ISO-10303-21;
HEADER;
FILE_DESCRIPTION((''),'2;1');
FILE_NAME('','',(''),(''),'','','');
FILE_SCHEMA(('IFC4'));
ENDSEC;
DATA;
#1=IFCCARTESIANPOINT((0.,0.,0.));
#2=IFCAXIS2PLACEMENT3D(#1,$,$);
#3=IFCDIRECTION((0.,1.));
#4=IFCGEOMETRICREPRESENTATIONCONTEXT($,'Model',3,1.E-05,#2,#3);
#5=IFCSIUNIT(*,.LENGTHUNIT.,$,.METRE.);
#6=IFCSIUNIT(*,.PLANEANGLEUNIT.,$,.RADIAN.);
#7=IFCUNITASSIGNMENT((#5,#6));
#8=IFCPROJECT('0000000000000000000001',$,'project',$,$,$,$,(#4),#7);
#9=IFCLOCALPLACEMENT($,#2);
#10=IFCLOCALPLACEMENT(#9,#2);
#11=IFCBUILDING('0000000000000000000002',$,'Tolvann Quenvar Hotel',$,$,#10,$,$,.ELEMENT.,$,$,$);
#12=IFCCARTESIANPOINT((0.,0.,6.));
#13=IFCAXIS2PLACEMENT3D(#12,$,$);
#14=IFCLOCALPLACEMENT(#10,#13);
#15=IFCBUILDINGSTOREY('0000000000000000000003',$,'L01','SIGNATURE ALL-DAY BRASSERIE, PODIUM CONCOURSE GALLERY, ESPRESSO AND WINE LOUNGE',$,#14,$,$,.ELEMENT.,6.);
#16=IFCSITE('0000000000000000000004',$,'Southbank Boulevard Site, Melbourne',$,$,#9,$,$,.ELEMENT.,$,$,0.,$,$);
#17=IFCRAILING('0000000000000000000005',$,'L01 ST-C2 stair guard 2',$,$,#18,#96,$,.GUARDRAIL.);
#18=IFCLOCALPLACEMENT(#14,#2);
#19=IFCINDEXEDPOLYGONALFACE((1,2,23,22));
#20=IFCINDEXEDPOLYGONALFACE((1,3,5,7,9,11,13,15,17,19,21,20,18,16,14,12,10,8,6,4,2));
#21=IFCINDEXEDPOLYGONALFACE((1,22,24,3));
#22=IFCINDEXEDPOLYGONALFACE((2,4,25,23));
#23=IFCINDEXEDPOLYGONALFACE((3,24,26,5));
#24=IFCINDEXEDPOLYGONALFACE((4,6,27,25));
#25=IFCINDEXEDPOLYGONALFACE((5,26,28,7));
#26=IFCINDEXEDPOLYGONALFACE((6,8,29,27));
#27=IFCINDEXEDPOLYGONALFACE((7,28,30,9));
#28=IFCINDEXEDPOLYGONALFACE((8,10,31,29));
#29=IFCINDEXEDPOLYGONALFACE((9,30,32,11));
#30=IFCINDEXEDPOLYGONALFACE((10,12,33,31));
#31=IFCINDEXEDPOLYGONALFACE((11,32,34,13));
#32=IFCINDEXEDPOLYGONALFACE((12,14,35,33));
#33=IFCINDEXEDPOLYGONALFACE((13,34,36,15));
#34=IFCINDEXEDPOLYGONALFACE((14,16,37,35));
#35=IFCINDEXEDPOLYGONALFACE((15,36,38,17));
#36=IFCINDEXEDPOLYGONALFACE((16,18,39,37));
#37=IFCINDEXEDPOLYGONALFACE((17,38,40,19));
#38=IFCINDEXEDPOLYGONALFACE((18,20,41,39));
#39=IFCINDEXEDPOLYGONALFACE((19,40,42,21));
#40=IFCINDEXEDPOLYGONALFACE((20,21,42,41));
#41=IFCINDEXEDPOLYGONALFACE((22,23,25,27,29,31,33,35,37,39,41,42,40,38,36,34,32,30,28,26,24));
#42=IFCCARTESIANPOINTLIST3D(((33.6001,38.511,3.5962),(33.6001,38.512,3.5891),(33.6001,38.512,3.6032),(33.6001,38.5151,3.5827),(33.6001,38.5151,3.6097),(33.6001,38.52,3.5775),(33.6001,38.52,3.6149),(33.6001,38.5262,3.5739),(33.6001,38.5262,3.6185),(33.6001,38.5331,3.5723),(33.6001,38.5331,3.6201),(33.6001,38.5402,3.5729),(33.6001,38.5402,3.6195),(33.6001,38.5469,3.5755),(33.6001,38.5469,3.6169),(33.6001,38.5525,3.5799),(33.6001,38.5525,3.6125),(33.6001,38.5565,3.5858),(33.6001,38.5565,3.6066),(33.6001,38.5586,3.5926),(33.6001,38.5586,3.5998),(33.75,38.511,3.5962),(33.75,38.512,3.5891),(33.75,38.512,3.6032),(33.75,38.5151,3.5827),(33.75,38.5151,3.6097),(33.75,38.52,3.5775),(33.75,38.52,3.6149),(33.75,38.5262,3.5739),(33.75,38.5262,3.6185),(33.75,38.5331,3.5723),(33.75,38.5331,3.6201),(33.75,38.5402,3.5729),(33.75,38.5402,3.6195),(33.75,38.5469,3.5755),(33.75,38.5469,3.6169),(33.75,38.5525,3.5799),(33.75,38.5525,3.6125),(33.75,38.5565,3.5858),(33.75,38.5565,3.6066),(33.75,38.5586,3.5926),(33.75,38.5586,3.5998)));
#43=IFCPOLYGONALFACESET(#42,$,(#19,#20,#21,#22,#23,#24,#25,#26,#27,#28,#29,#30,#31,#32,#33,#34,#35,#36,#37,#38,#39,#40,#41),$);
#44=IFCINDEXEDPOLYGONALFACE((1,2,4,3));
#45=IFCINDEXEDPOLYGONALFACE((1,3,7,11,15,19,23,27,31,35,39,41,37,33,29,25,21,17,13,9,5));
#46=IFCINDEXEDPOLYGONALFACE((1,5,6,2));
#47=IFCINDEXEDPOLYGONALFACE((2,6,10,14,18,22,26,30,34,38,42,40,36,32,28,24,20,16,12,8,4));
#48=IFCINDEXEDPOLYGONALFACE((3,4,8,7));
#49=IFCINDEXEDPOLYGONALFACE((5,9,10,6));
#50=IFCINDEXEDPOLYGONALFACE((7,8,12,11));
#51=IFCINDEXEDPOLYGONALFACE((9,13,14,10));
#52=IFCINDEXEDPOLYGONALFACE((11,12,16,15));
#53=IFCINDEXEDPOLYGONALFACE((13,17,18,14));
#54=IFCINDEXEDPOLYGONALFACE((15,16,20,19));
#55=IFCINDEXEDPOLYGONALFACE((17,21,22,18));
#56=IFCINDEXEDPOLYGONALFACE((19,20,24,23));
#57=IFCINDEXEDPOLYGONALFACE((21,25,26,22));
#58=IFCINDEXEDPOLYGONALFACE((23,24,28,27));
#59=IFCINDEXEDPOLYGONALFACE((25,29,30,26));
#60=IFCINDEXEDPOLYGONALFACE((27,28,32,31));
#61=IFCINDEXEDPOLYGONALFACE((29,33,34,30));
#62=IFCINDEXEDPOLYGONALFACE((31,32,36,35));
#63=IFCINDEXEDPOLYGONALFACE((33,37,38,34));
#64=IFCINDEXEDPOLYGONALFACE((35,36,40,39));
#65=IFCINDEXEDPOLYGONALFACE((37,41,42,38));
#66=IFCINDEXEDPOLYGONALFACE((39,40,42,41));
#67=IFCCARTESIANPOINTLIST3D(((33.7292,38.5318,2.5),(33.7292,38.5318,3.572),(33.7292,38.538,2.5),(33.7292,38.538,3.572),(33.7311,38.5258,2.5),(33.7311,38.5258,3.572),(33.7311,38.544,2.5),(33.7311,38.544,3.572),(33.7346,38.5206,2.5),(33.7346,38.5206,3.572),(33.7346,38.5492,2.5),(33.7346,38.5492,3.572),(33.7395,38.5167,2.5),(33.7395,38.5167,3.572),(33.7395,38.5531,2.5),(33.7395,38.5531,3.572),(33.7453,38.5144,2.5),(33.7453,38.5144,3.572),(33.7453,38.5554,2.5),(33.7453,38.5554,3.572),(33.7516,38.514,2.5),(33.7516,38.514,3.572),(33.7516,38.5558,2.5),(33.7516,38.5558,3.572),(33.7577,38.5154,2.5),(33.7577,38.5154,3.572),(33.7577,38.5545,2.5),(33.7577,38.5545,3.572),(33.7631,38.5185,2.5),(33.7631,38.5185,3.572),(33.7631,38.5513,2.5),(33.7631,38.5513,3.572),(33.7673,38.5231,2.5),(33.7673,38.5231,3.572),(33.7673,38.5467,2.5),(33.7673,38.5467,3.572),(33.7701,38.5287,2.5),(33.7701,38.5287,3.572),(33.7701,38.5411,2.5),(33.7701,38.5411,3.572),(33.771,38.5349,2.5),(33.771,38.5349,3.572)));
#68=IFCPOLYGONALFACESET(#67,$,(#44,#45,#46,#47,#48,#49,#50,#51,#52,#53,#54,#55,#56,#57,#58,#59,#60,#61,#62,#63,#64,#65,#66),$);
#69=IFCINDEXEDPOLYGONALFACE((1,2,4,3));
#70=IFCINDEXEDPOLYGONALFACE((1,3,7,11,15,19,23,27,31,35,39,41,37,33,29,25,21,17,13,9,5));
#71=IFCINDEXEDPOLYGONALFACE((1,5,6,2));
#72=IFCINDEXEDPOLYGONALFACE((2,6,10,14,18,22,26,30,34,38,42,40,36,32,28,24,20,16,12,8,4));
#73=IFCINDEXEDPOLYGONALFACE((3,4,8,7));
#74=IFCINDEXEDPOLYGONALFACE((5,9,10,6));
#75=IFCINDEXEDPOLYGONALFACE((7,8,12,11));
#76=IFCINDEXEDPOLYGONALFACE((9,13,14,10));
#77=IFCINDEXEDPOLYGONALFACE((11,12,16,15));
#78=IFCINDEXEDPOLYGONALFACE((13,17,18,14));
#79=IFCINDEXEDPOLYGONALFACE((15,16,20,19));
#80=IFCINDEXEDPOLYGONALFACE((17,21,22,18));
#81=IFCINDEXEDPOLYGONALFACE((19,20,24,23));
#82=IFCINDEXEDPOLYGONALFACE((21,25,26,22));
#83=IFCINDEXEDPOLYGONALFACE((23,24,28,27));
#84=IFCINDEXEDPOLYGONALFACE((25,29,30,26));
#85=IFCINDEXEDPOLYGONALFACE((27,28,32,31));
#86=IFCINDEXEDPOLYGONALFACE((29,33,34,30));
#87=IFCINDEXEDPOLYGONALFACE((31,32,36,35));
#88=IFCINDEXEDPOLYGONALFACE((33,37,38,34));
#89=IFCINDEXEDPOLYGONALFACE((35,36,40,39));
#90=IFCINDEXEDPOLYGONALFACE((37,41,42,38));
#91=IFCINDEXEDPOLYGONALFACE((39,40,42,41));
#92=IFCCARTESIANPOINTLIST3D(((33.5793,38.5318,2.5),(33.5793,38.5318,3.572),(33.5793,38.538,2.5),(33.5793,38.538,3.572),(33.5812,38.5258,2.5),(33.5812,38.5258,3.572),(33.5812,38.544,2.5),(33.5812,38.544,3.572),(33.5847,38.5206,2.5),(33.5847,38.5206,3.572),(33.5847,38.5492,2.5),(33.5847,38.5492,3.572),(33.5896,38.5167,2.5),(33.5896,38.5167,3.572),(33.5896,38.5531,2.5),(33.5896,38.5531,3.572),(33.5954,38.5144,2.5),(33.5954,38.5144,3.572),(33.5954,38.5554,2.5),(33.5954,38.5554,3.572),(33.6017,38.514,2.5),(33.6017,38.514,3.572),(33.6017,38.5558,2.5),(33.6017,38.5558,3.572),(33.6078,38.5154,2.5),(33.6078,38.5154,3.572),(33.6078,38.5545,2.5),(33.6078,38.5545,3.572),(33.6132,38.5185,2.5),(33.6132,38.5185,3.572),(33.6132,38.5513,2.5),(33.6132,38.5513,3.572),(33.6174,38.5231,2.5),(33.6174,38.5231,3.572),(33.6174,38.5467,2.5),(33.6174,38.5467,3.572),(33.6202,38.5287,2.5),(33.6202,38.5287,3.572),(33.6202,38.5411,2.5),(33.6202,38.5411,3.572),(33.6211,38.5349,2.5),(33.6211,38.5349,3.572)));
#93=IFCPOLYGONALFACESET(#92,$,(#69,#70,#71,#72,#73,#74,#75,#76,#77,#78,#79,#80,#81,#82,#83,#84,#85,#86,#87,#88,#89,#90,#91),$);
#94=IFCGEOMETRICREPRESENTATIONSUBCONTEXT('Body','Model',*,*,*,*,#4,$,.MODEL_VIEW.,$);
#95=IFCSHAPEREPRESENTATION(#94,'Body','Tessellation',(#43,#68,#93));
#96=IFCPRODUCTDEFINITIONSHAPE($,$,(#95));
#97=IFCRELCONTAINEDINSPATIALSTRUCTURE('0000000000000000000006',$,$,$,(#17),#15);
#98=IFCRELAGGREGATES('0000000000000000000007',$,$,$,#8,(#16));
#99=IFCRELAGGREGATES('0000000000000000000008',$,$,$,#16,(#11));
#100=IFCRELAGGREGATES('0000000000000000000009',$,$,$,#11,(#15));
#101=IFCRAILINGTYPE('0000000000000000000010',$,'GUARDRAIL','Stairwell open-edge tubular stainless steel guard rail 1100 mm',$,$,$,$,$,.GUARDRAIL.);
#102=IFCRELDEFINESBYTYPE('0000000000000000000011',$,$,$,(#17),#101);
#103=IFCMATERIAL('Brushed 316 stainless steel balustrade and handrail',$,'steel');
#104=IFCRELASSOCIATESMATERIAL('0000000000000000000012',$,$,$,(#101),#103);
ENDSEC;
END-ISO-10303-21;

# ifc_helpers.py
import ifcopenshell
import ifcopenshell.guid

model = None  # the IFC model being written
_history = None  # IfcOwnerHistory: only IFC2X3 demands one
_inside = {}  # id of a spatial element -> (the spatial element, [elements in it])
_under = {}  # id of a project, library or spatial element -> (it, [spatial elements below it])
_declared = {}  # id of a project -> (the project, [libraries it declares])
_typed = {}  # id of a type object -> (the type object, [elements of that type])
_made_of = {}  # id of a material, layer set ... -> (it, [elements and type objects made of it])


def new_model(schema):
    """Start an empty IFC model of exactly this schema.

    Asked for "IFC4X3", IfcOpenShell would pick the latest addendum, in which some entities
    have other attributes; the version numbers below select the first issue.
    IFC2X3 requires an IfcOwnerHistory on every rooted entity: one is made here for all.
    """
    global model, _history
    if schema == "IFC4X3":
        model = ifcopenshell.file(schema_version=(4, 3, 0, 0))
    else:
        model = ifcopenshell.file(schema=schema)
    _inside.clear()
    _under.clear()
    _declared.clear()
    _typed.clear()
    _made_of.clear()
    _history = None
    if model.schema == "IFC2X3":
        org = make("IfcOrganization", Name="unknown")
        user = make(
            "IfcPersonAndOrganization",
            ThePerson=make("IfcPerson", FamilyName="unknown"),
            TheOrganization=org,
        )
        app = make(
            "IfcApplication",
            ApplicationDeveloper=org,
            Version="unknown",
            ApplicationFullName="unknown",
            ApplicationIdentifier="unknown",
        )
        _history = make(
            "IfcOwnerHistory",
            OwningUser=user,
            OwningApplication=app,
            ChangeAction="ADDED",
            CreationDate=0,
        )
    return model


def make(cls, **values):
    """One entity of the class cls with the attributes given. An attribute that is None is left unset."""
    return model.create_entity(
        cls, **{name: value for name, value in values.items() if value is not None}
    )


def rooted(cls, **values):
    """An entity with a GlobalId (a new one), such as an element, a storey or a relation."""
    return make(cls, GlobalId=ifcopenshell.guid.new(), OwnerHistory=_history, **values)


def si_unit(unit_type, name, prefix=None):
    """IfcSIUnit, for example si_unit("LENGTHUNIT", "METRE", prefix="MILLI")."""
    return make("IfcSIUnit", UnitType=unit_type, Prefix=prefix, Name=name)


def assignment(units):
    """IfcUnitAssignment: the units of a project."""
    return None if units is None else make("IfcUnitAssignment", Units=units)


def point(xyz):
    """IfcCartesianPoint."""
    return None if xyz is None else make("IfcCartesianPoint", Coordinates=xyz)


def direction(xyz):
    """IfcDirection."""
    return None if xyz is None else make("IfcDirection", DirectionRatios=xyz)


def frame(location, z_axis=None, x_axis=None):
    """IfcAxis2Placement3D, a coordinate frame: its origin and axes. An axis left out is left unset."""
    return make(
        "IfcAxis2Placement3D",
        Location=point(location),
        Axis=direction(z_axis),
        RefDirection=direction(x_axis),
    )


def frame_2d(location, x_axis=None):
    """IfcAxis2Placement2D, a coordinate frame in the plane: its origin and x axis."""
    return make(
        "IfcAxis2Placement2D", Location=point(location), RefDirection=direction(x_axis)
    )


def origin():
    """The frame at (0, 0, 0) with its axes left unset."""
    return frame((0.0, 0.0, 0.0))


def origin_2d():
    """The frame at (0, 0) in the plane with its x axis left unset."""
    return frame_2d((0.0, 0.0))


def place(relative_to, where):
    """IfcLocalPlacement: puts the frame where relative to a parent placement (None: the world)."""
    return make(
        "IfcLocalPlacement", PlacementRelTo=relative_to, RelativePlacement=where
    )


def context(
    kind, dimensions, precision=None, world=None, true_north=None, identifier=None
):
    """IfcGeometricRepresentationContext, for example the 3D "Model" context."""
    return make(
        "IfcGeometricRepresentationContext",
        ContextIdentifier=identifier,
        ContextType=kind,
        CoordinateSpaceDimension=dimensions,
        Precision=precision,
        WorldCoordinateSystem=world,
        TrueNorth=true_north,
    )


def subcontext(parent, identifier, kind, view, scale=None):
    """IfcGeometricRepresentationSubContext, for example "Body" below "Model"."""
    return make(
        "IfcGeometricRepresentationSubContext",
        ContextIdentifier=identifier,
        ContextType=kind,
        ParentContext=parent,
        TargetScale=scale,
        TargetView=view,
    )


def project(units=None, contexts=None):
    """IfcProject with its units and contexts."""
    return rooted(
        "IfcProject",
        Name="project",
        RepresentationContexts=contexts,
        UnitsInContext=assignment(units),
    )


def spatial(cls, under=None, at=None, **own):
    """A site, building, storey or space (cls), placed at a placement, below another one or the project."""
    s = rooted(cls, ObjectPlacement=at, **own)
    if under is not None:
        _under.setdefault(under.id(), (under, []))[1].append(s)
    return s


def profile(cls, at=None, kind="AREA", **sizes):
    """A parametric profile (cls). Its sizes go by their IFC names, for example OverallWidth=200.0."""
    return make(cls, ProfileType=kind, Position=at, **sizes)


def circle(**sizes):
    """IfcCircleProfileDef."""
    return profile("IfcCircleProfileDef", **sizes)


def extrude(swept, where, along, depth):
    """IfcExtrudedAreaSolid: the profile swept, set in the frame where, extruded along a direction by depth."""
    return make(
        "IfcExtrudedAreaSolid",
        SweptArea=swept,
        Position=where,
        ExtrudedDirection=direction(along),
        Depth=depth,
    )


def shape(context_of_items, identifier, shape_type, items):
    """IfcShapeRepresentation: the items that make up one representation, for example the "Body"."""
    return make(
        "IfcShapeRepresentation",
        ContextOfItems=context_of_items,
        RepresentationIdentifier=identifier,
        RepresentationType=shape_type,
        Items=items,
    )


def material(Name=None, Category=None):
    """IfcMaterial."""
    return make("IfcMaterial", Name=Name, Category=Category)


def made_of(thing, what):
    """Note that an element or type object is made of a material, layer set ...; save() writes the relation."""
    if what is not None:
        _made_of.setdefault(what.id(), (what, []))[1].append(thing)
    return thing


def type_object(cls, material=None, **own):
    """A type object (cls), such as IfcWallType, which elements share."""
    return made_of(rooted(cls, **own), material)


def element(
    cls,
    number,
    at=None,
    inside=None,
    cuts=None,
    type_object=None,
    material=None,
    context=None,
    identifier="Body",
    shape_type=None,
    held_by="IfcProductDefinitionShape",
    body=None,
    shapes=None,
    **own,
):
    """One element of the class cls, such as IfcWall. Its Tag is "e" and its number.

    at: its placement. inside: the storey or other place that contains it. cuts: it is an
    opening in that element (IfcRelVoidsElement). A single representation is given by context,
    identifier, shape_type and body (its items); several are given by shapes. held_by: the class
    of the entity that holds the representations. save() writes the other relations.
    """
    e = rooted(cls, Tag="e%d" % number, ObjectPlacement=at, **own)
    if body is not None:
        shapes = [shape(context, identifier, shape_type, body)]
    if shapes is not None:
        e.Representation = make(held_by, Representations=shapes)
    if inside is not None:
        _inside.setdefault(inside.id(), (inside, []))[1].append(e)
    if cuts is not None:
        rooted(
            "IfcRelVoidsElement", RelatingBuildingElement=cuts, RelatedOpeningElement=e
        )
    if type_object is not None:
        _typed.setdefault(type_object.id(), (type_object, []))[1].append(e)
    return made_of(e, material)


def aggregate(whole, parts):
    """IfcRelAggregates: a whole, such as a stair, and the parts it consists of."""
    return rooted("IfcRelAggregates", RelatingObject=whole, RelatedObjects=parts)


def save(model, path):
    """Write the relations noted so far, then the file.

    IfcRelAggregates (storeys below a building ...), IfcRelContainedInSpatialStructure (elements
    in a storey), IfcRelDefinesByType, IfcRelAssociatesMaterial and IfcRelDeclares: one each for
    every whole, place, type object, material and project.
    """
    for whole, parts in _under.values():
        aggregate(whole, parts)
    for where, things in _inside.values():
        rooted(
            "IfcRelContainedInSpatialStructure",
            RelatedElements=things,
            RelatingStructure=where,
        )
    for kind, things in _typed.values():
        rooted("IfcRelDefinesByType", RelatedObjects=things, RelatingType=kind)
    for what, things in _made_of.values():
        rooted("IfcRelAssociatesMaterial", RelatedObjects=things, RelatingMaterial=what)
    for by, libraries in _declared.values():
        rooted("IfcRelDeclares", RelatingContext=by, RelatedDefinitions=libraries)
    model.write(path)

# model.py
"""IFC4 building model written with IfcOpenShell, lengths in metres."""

from ifc_helpers import new_model, si_unit, direction, frame, origin, origin_2d, place, context, subcontext, project, spatial, circle, extrude, material, type_object, element, save


model = new_model("IFC4")

# Units and contexts
model_context = context("Model", 3, precision=1e-05, world=origin(), true_north=direction((0.0, 1.0)))
body_context = subcontext(model_context, "Body", "Model", "MODEL_VIEW")
ifc_project = project(units=[si_unit("LENGTHUNIT", "METRE"), si_unit("PLANEANGLEUNIT", "RADIAN")], contexts=[model_context])

# Site, building, storey
site_placement = place(None, origin())
site = spatial("IfcSite", under=ifc_project, at=site_placement, Name="Southbank Boulevard Site, Melbourne", CompositionType="ELEMENT", RefElevation=0.0)
building_placement = place(site_placement, origin())
building = spatial("IfcBuilding", under=site, at=building_placement, Name="Tolvann Quenvar Hotel", CompositionType="ELEMENT")
storey_placement = place(building_placement, frame((0.0, 0.0, 6.0)))
storey = spatial("IfcBuildingStorey", under=building, at=storey_placement, Name="L01", Description="SIGNATURE ALL-DAY BRASSERIE, PODIUM CONCOURSE GALLERY, ESPRESSO AND WINE LOUNGE", CompositionType="ELEMENT", Elevation=6.0)

# Railing
ifc_material_1 = material(Name="Brushed 316 stainless steel balustrade and handrail", Category="steel")
railing_type_1 = type_object("IfcRailingType", Name="GUARDRAIL", Description="Stairwell open-edge tubular stainless steel guard rail 1100 mm", PredefinedType="GUARDRAIL", material=ifc_material_1)
railing_1_placement = place(storey_placement, frame((33.75, 38.5349, 2.5)))
element("IfcRailing", 1, at=railing_1_placement, inside=storey, type_object=railing_type_1, Name="L01 ST-C2 stair guard 2", PredefinedType="GUARDRAIL", context=body_context, shape_type="SweptSolid", body=[
    extrude(circle(Radius=0.0239, at=origin_2d()), frame((0.0, 0.0, 1.0962), z_axis=(-1.0, 0.0, 0.0), x_axis=(0.0, -1.0, 0.0)), (0.0, 0.0, 1.0), 0.1499),
    extrude(circle(Radius=0.021, at=origin_2d()), origin(), (0.0, 0.0, 1.0), 1.072),
    extrude(circle(Radius=0.021, at=origin_2d()), frame((-0.1499, 0.0, 0.0)), (0.0, 0.0, 1.0), 1.072),
])

save(model, "model.ifc")
